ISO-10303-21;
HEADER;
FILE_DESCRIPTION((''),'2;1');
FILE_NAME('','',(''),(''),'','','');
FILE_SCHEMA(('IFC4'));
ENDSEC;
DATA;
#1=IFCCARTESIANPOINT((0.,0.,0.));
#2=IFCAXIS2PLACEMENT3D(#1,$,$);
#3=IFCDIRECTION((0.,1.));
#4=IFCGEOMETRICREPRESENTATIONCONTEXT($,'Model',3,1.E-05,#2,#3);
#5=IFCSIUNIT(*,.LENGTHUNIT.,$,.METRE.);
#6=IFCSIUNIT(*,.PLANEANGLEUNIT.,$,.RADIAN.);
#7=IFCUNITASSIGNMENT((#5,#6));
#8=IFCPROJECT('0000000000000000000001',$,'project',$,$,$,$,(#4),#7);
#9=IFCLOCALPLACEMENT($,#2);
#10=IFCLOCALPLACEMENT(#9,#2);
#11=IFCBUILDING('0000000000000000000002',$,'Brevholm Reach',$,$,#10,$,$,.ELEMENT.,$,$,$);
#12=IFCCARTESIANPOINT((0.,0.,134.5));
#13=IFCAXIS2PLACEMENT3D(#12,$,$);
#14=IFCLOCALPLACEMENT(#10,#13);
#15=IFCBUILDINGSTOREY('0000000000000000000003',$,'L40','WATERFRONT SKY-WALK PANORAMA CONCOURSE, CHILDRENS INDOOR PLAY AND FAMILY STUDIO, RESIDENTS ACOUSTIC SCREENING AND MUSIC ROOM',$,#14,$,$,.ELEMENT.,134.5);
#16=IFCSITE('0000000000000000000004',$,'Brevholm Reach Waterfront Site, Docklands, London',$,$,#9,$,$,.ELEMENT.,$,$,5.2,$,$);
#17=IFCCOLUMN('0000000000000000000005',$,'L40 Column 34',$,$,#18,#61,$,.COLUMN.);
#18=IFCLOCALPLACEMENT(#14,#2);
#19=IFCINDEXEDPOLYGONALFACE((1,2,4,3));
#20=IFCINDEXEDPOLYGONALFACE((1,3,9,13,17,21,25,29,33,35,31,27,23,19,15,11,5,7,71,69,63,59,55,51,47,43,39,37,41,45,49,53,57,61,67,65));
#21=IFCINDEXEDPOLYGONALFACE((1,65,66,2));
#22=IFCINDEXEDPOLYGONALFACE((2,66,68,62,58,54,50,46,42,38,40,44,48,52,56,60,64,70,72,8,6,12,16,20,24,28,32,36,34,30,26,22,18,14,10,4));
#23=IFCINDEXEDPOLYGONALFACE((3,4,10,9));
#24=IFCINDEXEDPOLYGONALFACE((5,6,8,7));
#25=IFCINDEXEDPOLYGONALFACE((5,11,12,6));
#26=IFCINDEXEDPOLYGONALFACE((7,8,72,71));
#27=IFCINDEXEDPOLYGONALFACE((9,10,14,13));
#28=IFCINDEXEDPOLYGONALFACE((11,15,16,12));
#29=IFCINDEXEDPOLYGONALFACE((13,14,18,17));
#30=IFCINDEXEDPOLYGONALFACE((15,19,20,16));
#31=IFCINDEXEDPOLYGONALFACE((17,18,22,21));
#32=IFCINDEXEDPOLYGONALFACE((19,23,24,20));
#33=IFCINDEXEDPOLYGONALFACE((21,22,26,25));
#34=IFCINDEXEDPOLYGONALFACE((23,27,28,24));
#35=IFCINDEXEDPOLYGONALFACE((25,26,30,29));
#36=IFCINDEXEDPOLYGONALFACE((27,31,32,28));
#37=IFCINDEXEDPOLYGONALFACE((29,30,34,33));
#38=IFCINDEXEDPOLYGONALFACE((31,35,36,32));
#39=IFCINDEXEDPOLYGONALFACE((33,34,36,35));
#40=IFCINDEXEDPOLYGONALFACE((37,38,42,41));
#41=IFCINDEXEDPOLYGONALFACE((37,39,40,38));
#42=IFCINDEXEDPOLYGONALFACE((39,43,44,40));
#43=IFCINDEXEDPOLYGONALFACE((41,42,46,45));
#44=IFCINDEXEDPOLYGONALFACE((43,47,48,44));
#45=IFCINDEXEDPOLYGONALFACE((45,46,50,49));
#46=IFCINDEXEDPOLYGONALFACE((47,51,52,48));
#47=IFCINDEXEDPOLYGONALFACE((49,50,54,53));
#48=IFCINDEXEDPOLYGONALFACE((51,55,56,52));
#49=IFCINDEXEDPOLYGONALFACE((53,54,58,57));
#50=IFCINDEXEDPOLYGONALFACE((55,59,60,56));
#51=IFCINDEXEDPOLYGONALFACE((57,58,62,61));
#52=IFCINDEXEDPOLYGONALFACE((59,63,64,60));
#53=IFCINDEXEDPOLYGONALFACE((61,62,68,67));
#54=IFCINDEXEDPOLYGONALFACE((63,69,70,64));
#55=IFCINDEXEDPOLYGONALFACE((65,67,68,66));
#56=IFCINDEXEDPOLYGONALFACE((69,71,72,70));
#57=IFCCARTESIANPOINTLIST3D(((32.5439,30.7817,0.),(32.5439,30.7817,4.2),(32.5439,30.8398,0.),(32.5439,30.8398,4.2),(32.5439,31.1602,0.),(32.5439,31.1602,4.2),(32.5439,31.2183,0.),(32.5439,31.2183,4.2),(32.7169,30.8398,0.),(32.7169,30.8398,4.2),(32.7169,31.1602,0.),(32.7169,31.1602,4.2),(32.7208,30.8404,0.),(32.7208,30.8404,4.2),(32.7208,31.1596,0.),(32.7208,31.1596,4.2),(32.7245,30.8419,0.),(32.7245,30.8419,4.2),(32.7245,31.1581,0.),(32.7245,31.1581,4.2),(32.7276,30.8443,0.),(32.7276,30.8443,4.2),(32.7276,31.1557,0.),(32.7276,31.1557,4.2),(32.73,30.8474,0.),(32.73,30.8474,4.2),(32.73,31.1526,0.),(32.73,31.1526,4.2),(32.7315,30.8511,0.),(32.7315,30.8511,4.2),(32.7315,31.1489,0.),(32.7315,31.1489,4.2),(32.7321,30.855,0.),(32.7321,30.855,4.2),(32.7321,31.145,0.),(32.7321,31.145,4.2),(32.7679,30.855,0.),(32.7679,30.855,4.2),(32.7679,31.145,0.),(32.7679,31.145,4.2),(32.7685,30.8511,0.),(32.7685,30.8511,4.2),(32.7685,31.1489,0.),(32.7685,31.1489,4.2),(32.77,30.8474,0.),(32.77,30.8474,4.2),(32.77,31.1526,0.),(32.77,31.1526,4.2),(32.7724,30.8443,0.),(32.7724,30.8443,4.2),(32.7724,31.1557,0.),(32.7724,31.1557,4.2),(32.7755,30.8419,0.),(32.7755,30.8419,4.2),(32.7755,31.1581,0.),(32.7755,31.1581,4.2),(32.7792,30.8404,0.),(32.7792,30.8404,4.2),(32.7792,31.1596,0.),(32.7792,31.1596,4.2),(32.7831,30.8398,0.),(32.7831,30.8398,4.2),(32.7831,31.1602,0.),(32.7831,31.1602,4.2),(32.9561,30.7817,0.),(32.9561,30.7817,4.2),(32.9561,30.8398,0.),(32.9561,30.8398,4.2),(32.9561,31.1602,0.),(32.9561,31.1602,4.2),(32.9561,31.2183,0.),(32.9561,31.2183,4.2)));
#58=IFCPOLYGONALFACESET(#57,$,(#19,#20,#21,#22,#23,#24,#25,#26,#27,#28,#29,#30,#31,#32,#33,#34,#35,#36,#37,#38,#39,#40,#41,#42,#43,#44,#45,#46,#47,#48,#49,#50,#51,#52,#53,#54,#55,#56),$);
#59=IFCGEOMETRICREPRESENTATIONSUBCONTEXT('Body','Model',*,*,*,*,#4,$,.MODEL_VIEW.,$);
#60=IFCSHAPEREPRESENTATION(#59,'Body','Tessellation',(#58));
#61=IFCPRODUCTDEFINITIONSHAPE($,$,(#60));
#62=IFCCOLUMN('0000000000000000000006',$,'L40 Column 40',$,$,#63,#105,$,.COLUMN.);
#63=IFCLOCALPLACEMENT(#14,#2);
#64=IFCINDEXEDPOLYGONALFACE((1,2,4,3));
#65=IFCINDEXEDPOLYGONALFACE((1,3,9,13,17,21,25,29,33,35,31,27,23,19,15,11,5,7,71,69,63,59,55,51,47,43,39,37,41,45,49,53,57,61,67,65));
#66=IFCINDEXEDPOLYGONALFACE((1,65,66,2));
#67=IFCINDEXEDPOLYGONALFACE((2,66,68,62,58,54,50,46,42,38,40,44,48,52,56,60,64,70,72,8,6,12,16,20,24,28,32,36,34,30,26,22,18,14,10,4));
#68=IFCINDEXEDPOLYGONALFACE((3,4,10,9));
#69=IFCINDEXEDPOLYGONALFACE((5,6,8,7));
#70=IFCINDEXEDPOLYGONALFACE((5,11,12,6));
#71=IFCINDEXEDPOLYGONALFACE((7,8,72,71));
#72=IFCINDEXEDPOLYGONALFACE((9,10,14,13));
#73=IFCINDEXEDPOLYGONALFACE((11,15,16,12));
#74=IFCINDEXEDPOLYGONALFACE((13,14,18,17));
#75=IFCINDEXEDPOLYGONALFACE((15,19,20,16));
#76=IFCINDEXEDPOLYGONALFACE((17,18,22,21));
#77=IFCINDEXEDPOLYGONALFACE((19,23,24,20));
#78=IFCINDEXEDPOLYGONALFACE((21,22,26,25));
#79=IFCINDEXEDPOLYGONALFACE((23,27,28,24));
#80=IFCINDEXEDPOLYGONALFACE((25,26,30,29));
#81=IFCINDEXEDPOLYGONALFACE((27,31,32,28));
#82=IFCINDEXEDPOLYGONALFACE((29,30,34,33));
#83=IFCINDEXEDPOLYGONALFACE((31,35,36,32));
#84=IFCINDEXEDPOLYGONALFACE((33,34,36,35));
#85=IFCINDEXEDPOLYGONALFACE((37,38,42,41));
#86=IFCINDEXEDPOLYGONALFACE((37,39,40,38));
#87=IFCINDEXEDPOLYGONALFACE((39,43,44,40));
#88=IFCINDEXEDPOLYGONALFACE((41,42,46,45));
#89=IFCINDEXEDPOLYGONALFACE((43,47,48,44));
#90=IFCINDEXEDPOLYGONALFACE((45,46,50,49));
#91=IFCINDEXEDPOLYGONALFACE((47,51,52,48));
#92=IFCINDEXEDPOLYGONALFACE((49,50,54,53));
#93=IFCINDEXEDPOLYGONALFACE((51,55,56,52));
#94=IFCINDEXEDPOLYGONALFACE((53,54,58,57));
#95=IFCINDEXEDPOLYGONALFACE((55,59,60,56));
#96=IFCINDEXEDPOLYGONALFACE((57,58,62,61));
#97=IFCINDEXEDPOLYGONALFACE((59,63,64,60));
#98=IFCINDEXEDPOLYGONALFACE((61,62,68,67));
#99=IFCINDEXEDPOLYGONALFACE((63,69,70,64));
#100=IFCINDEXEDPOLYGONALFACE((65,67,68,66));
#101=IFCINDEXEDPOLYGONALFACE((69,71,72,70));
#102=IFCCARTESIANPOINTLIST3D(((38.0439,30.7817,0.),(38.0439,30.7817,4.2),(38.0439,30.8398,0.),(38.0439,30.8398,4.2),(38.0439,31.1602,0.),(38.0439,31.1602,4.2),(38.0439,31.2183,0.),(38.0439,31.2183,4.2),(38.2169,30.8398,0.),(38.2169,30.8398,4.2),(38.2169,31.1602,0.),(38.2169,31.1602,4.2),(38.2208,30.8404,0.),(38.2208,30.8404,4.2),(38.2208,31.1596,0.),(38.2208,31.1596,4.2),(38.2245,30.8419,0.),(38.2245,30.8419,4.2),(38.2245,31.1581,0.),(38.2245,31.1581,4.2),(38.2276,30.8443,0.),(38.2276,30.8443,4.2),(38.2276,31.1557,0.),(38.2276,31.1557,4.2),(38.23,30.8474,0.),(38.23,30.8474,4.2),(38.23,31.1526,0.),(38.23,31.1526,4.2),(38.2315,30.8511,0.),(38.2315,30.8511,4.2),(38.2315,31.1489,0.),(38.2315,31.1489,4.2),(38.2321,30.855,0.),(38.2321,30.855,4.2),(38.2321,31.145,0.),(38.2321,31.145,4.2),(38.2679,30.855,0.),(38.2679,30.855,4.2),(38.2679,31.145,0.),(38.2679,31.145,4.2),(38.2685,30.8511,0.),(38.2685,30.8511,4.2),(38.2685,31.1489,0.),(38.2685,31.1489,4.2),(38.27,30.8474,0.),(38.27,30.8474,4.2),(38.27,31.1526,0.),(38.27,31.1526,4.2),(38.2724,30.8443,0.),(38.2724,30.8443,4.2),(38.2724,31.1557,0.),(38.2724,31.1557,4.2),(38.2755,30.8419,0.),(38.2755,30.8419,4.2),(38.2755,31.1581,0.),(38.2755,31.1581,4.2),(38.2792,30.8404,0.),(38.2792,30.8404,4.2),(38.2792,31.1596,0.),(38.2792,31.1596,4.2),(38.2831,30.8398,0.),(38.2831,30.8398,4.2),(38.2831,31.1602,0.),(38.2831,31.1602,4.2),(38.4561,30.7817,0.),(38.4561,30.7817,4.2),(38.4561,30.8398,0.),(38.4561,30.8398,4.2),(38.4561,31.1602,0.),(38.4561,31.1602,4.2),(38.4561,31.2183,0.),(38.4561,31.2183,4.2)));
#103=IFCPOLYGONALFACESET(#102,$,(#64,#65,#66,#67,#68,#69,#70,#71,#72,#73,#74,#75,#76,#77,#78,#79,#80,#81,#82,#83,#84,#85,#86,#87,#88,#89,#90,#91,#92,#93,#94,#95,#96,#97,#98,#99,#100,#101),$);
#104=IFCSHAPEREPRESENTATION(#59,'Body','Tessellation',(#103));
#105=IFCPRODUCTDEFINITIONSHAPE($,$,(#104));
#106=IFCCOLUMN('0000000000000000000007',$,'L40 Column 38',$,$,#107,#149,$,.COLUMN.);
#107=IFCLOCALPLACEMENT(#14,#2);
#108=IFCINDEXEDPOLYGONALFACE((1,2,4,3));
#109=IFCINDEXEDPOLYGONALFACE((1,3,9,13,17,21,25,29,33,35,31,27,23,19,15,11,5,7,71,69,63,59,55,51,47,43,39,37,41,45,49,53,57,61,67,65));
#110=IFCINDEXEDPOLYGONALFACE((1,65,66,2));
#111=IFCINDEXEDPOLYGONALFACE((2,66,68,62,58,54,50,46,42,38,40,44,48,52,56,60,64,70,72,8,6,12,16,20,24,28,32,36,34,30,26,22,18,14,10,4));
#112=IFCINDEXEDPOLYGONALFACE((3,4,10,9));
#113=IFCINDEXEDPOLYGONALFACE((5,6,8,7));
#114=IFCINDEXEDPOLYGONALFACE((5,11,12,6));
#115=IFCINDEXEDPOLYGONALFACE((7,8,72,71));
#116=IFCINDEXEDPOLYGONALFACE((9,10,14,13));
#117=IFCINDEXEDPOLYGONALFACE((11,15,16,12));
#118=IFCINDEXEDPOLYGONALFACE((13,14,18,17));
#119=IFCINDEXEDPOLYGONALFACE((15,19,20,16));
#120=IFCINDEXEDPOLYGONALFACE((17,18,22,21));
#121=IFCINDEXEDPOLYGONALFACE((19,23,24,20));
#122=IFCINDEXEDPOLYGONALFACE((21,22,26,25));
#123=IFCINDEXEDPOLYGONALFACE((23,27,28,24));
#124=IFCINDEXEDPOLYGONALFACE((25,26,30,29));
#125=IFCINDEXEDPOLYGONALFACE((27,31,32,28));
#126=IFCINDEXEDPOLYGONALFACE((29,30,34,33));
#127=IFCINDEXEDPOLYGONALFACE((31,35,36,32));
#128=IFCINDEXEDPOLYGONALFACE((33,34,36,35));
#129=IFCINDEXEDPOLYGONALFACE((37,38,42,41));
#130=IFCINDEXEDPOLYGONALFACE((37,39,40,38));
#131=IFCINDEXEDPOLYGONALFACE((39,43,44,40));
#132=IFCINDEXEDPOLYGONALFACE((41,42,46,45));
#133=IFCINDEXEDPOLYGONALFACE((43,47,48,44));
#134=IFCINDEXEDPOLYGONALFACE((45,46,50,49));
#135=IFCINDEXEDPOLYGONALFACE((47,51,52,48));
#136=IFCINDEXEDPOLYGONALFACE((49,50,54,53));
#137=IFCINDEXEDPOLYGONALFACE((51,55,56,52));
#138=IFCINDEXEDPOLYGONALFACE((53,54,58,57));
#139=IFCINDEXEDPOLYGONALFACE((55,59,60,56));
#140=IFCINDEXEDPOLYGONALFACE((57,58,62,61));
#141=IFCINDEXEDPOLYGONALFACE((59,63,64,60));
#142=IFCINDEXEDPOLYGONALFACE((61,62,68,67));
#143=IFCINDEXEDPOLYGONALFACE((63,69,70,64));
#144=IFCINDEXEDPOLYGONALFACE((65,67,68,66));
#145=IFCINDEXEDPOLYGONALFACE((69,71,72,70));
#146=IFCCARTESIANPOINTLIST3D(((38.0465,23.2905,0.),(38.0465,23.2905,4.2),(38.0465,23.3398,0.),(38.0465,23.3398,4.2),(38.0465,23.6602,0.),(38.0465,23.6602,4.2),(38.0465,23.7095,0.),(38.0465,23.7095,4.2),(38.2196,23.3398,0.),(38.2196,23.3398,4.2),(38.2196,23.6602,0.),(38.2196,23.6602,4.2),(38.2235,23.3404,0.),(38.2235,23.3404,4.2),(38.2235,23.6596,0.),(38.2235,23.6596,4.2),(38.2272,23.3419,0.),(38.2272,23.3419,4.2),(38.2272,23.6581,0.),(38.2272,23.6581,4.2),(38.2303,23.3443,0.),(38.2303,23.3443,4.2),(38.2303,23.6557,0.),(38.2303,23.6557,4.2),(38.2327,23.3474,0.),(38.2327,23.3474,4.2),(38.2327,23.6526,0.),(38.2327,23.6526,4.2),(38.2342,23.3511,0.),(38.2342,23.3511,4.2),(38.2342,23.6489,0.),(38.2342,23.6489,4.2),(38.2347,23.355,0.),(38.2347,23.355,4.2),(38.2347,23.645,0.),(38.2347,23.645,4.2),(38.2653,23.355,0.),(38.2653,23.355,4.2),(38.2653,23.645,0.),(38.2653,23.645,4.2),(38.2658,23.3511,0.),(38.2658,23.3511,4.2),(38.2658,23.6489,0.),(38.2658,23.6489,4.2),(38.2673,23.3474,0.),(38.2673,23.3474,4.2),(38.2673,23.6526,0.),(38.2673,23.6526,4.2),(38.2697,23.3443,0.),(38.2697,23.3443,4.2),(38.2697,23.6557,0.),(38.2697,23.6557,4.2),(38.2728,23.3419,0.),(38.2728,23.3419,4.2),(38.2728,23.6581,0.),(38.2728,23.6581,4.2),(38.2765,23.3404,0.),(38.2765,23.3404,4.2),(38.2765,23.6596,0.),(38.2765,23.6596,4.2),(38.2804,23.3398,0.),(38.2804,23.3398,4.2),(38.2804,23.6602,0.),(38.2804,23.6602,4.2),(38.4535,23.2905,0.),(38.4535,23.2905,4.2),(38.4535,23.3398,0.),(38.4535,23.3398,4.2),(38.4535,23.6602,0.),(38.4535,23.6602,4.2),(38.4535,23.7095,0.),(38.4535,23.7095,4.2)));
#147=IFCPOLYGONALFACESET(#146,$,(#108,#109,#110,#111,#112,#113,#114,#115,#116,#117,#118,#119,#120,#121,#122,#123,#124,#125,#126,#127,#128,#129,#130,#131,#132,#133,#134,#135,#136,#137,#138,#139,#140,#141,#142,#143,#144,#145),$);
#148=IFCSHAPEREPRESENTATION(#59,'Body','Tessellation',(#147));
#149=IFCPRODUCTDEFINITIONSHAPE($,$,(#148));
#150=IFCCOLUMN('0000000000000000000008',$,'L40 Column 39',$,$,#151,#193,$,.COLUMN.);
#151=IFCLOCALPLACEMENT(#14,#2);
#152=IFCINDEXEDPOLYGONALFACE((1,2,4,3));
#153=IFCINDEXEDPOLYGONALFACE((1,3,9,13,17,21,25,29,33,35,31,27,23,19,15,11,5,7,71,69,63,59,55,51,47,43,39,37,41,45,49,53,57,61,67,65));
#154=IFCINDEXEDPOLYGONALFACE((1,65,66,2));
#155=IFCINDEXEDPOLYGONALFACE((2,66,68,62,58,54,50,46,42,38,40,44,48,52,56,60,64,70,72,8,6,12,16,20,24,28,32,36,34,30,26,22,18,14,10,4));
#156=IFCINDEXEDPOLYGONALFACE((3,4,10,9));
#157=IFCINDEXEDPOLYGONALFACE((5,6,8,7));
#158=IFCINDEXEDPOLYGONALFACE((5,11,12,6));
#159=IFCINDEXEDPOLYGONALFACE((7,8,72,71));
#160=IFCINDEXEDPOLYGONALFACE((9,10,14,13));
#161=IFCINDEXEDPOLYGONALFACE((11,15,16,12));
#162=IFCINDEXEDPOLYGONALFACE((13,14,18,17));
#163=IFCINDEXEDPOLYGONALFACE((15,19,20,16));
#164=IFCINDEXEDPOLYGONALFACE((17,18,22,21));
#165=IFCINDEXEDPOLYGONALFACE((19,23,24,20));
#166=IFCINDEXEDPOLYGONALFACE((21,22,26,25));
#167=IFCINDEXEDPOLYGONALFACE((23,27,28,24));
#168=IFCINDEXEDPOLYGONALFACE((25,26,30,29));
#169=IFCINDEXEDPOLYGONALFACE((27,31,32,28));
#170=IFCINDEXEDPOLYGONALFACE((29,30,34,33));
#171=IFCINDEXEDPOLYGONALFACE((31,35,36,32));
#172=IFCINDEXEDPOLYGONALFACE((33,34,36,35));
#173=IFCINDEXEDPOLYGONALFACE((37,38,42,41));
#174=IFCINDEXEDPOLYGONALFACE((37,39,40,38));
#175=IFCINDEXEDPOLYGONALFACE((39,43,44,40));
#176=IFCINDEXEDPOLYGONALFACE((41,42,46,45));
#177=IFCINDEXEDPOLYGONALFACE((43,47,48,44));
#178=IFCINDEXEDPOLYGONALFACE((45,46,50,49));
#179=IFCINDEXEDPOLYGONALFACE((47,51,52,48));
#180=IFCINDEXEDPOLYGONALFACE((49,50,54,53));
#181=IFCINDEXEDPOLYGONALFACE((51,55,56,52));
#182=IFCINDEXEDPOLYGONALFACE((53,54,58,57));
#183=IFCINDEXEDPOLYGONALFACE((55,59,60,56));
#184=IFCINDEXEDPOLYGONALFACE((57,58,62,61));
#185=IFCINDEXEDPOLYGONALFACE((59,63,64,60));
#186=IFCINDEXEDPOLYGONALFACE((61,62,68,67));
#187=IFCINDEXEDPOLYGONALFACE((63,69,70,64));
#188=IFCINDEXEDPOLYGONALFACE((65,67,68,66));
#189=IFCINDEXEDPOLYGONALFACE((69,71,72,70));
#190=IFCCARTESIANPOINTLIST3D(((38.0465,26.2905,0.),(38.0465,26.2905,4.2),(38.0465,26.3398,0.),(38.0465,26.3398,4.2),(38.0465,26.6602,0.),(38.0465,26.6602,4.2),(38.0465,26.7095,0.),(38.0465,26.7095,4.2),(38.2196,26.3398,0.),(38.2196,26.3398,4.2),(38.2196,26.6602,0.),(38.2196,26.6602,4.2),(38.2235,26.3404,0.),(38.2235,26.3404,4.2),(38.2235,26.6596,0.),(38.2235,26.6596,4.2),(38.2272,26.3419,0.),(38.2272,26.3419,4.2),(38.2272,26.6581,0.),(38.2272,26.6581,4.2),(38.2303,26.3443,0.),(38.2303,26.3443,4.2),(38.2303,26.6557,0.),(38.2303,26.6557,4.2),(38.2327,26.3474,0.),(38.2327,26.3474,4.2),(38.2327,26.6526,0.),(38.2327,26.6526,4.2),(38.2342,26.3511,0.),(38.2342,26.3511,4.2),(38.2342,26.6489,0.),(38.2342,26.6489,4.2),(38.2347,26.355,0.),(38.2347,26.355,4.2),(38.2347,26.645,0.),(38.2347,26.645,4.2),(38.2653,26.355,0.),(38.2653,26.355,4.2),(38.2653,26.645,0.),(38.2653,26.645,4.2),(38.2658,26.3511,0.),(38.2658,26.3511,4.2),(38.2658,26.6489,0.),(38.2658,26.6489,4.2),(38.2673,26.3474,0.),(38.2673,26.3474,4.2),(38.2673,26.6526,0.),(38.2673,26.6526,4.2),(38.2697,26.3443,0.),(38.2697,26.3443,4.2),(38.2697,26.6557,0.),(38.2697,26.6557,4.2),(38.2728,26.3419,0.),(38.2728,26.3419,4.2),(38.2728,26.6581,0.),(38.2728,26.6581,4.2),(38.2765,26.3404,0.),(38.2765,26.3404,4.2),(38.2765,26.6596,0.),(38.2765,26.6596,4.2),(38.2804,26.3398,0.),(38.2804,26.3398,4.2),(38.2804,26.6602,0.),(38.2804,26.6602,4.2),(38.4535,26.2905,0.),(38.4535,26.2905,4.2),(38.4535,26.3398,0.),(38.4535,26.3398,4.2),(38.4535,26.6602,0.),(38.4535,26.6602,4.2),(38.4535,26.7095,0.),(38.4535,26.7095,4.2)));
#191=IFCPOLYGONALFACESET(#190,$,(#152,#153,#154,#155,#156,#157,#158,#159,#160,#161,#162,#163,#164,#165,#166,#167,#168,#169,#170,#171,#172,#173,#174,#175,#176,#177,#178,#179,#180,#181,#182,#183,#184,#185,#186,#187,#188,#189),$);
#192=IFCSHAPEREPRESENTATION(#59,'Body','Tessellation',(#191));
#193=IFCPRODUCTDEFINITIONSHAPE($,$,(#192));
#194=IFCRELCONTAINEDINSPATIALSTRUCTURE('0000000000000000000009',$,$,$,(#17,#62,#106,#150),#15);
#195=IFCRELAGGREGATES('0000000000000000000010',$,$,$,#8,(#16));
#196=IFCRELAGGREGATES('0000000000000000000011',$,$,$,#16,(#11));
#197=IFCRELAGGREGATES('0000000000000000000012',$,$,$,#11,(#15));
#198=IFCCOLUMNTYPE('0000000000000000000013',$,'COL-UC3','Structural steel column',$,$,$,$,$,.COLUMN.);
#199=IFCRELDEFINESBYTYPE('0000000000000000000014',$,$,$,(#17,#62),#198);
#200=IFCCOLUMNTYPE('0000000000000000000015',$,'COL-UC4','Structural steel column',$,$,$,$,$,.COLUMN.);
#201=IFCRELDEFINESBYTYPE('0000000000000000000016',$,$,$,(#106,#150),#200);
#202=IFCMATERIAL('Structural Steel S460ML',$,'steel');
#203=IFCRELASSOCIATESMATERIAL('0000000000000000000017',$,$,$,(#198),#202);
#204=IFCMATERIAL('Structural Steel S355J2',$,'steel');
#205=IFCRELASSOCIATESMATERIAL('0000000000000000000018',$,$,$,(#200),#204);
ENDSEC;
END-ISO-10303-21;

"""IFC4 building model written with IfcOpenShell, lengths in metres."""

from ifc_helpers import new_model, si_unit, direction, frame, origin, origin_2d, place, context, subcontext, project, spatial, i_section, extrude, material, material_profile, profile_set, type_object, element, save


model = new_model("IFC4")

# Units and contexts
model_context = context("Model", 3, precision=1e-05, world=origin(), true_north=direction((0.0, 1.0)))
body_context = subcontext(model_context, "Body", "Model", "MODEL_VIEW")
ifc_project = project(units=[si_unit("LENGTHUNIT", "METRE"), si_unit("PLANEANGLEUNIT", "RADIAN")], contexts=[model_context])

# Site, building, storey
site_placement = place(None, origin())
site = spatial("IfcSite", under=ifc_project, at=site_placement, Name="Brevholm Reach Waterfront Site, Docklands, London", CompositionType="ELEMENT", RefElevation=5.2)
building_placement = place(site_placement, origin())
building = spatial("IfcBuilding", under=site, at=building_placement, Name="Brevholm Reach", CompositionType="ELEMENT")
storey_placement = place(building_placement, frame((0.0, 0.0, 134.5)))
storey = spatial("IfcBuildingStorey", under=building, at=storey_placement, Name="L40", Description="WATERFRONT SKY-WALK PANORAMA CONCOURSE, CHILDRENS INDOOR PLAY AND FAMILY STUDIO, RESIDENTS ACOUSTIC SCREENING AND MUSIC ROOM", CompositionType="ELEMENT", Elevation=134.5)

# Columns
ifc_material_1 = material(Name="Structural Steel S460ML", Category="steel")
ifc_material_profile_1 = material_profile(ifc_material_1, i_section(OverallWidth=0.4121, OverallDepth=0.4365, WebThickness=0.0359, FlangeThickness=0.0581, FilletRadius=0.0151, at=origin_2d()), Name="UKC 356x406x467")
ifc_profile_set_1 = profile_set([ifc_material_profile_1], Name="Structural Steel S460ML")
column_type_1 = type_object("IfcColumnType", Name="COL-UC3", Description="Structural steel column", PredefinedType="COLUMN", material=ifc_profile_set_1)
for number, where, z_axis, x_axis, name in (
    (1, (32.75, 31.0, 0.0), (0.0, 0.0, 1.0), (1.0, 0.0, 0.0), "L40 Column 34"),
    (2, (38.25, 31.0, 0.0), (0.0, 0.0, 1.0), (1.0, 0.0, 0.0), "L40 Column 40"),
):
    element("IfcColumn", number, at=place(storey_placement, frame(where, z_axis=z_axis, x_axis=x_axis)), inside=storey, type_object=column_type_1, Name=name, PredefinedType="COLUMN", context=body_context, shape_type="SweptSolid", body=[
        extrude(i_section(OverallWidth=0.4121, OverallDepth=0.4365, WebThickness=0.0359, FlangeThickness=0.0581, FilletRadius=0.0151, at=origin_2d()), origin(), (0.0, 0.0, 1.0), 4.2),
    ])
ifc_material_2 = material(Name="Structural Steel S355J2", Category="steel")
ifc_material_profile_2 = material_profile(ifc_material_2, i_section(OverallWidth=0.407, OverallDepth=0.4189, WebThickness=0.0305, FlangeThickness=0.0493, FilletRadius=0.0151, at=origin_2d()), Name="UKC 356x406x393")
ifc_profile_set_2 = profile_set([ifc_material_profile_2], Name="Structural Steel S355J2")
column_type_2 = type_object("IfcColumnType", Name="COL-UC4", Description="Structural steel column", PredefinedType="COLUMN", material=ifc_profile_set_2)
for number, where, z_axis, x_axis, name in (
    (3, (38.25, 23.5, 0.0), (0.0, 0.0, 1.0), (1.0, 0.0, 0.0), "L40 Column 38"),
    (4, (38.25, 26.5, 0.0), (0.0, 0.0, 1.0), (1.0, 0.0, 0.0), "L40 Column 39"),
):
    element("IfcColumn", number, at=place(storey_placement, frame(where, z_axis=z_axis, x_axis=x_axis)), inside=storey, type_object=column_type_2, Name=name, PredefinedType="COLUMN", context=body_context, shape_type="SweptSolid", body=[
        extrude(i_section(OverallWidth=0.407, OverallDepth=0.4189, WebThickness=0.0305, FlangeThickness=0.0493, FilletRadius=0.0151, at=origin_2d()), origin(), (0.0, 0.0, 1.0), 4.2),
    ])

save(model, "model.ifc")
